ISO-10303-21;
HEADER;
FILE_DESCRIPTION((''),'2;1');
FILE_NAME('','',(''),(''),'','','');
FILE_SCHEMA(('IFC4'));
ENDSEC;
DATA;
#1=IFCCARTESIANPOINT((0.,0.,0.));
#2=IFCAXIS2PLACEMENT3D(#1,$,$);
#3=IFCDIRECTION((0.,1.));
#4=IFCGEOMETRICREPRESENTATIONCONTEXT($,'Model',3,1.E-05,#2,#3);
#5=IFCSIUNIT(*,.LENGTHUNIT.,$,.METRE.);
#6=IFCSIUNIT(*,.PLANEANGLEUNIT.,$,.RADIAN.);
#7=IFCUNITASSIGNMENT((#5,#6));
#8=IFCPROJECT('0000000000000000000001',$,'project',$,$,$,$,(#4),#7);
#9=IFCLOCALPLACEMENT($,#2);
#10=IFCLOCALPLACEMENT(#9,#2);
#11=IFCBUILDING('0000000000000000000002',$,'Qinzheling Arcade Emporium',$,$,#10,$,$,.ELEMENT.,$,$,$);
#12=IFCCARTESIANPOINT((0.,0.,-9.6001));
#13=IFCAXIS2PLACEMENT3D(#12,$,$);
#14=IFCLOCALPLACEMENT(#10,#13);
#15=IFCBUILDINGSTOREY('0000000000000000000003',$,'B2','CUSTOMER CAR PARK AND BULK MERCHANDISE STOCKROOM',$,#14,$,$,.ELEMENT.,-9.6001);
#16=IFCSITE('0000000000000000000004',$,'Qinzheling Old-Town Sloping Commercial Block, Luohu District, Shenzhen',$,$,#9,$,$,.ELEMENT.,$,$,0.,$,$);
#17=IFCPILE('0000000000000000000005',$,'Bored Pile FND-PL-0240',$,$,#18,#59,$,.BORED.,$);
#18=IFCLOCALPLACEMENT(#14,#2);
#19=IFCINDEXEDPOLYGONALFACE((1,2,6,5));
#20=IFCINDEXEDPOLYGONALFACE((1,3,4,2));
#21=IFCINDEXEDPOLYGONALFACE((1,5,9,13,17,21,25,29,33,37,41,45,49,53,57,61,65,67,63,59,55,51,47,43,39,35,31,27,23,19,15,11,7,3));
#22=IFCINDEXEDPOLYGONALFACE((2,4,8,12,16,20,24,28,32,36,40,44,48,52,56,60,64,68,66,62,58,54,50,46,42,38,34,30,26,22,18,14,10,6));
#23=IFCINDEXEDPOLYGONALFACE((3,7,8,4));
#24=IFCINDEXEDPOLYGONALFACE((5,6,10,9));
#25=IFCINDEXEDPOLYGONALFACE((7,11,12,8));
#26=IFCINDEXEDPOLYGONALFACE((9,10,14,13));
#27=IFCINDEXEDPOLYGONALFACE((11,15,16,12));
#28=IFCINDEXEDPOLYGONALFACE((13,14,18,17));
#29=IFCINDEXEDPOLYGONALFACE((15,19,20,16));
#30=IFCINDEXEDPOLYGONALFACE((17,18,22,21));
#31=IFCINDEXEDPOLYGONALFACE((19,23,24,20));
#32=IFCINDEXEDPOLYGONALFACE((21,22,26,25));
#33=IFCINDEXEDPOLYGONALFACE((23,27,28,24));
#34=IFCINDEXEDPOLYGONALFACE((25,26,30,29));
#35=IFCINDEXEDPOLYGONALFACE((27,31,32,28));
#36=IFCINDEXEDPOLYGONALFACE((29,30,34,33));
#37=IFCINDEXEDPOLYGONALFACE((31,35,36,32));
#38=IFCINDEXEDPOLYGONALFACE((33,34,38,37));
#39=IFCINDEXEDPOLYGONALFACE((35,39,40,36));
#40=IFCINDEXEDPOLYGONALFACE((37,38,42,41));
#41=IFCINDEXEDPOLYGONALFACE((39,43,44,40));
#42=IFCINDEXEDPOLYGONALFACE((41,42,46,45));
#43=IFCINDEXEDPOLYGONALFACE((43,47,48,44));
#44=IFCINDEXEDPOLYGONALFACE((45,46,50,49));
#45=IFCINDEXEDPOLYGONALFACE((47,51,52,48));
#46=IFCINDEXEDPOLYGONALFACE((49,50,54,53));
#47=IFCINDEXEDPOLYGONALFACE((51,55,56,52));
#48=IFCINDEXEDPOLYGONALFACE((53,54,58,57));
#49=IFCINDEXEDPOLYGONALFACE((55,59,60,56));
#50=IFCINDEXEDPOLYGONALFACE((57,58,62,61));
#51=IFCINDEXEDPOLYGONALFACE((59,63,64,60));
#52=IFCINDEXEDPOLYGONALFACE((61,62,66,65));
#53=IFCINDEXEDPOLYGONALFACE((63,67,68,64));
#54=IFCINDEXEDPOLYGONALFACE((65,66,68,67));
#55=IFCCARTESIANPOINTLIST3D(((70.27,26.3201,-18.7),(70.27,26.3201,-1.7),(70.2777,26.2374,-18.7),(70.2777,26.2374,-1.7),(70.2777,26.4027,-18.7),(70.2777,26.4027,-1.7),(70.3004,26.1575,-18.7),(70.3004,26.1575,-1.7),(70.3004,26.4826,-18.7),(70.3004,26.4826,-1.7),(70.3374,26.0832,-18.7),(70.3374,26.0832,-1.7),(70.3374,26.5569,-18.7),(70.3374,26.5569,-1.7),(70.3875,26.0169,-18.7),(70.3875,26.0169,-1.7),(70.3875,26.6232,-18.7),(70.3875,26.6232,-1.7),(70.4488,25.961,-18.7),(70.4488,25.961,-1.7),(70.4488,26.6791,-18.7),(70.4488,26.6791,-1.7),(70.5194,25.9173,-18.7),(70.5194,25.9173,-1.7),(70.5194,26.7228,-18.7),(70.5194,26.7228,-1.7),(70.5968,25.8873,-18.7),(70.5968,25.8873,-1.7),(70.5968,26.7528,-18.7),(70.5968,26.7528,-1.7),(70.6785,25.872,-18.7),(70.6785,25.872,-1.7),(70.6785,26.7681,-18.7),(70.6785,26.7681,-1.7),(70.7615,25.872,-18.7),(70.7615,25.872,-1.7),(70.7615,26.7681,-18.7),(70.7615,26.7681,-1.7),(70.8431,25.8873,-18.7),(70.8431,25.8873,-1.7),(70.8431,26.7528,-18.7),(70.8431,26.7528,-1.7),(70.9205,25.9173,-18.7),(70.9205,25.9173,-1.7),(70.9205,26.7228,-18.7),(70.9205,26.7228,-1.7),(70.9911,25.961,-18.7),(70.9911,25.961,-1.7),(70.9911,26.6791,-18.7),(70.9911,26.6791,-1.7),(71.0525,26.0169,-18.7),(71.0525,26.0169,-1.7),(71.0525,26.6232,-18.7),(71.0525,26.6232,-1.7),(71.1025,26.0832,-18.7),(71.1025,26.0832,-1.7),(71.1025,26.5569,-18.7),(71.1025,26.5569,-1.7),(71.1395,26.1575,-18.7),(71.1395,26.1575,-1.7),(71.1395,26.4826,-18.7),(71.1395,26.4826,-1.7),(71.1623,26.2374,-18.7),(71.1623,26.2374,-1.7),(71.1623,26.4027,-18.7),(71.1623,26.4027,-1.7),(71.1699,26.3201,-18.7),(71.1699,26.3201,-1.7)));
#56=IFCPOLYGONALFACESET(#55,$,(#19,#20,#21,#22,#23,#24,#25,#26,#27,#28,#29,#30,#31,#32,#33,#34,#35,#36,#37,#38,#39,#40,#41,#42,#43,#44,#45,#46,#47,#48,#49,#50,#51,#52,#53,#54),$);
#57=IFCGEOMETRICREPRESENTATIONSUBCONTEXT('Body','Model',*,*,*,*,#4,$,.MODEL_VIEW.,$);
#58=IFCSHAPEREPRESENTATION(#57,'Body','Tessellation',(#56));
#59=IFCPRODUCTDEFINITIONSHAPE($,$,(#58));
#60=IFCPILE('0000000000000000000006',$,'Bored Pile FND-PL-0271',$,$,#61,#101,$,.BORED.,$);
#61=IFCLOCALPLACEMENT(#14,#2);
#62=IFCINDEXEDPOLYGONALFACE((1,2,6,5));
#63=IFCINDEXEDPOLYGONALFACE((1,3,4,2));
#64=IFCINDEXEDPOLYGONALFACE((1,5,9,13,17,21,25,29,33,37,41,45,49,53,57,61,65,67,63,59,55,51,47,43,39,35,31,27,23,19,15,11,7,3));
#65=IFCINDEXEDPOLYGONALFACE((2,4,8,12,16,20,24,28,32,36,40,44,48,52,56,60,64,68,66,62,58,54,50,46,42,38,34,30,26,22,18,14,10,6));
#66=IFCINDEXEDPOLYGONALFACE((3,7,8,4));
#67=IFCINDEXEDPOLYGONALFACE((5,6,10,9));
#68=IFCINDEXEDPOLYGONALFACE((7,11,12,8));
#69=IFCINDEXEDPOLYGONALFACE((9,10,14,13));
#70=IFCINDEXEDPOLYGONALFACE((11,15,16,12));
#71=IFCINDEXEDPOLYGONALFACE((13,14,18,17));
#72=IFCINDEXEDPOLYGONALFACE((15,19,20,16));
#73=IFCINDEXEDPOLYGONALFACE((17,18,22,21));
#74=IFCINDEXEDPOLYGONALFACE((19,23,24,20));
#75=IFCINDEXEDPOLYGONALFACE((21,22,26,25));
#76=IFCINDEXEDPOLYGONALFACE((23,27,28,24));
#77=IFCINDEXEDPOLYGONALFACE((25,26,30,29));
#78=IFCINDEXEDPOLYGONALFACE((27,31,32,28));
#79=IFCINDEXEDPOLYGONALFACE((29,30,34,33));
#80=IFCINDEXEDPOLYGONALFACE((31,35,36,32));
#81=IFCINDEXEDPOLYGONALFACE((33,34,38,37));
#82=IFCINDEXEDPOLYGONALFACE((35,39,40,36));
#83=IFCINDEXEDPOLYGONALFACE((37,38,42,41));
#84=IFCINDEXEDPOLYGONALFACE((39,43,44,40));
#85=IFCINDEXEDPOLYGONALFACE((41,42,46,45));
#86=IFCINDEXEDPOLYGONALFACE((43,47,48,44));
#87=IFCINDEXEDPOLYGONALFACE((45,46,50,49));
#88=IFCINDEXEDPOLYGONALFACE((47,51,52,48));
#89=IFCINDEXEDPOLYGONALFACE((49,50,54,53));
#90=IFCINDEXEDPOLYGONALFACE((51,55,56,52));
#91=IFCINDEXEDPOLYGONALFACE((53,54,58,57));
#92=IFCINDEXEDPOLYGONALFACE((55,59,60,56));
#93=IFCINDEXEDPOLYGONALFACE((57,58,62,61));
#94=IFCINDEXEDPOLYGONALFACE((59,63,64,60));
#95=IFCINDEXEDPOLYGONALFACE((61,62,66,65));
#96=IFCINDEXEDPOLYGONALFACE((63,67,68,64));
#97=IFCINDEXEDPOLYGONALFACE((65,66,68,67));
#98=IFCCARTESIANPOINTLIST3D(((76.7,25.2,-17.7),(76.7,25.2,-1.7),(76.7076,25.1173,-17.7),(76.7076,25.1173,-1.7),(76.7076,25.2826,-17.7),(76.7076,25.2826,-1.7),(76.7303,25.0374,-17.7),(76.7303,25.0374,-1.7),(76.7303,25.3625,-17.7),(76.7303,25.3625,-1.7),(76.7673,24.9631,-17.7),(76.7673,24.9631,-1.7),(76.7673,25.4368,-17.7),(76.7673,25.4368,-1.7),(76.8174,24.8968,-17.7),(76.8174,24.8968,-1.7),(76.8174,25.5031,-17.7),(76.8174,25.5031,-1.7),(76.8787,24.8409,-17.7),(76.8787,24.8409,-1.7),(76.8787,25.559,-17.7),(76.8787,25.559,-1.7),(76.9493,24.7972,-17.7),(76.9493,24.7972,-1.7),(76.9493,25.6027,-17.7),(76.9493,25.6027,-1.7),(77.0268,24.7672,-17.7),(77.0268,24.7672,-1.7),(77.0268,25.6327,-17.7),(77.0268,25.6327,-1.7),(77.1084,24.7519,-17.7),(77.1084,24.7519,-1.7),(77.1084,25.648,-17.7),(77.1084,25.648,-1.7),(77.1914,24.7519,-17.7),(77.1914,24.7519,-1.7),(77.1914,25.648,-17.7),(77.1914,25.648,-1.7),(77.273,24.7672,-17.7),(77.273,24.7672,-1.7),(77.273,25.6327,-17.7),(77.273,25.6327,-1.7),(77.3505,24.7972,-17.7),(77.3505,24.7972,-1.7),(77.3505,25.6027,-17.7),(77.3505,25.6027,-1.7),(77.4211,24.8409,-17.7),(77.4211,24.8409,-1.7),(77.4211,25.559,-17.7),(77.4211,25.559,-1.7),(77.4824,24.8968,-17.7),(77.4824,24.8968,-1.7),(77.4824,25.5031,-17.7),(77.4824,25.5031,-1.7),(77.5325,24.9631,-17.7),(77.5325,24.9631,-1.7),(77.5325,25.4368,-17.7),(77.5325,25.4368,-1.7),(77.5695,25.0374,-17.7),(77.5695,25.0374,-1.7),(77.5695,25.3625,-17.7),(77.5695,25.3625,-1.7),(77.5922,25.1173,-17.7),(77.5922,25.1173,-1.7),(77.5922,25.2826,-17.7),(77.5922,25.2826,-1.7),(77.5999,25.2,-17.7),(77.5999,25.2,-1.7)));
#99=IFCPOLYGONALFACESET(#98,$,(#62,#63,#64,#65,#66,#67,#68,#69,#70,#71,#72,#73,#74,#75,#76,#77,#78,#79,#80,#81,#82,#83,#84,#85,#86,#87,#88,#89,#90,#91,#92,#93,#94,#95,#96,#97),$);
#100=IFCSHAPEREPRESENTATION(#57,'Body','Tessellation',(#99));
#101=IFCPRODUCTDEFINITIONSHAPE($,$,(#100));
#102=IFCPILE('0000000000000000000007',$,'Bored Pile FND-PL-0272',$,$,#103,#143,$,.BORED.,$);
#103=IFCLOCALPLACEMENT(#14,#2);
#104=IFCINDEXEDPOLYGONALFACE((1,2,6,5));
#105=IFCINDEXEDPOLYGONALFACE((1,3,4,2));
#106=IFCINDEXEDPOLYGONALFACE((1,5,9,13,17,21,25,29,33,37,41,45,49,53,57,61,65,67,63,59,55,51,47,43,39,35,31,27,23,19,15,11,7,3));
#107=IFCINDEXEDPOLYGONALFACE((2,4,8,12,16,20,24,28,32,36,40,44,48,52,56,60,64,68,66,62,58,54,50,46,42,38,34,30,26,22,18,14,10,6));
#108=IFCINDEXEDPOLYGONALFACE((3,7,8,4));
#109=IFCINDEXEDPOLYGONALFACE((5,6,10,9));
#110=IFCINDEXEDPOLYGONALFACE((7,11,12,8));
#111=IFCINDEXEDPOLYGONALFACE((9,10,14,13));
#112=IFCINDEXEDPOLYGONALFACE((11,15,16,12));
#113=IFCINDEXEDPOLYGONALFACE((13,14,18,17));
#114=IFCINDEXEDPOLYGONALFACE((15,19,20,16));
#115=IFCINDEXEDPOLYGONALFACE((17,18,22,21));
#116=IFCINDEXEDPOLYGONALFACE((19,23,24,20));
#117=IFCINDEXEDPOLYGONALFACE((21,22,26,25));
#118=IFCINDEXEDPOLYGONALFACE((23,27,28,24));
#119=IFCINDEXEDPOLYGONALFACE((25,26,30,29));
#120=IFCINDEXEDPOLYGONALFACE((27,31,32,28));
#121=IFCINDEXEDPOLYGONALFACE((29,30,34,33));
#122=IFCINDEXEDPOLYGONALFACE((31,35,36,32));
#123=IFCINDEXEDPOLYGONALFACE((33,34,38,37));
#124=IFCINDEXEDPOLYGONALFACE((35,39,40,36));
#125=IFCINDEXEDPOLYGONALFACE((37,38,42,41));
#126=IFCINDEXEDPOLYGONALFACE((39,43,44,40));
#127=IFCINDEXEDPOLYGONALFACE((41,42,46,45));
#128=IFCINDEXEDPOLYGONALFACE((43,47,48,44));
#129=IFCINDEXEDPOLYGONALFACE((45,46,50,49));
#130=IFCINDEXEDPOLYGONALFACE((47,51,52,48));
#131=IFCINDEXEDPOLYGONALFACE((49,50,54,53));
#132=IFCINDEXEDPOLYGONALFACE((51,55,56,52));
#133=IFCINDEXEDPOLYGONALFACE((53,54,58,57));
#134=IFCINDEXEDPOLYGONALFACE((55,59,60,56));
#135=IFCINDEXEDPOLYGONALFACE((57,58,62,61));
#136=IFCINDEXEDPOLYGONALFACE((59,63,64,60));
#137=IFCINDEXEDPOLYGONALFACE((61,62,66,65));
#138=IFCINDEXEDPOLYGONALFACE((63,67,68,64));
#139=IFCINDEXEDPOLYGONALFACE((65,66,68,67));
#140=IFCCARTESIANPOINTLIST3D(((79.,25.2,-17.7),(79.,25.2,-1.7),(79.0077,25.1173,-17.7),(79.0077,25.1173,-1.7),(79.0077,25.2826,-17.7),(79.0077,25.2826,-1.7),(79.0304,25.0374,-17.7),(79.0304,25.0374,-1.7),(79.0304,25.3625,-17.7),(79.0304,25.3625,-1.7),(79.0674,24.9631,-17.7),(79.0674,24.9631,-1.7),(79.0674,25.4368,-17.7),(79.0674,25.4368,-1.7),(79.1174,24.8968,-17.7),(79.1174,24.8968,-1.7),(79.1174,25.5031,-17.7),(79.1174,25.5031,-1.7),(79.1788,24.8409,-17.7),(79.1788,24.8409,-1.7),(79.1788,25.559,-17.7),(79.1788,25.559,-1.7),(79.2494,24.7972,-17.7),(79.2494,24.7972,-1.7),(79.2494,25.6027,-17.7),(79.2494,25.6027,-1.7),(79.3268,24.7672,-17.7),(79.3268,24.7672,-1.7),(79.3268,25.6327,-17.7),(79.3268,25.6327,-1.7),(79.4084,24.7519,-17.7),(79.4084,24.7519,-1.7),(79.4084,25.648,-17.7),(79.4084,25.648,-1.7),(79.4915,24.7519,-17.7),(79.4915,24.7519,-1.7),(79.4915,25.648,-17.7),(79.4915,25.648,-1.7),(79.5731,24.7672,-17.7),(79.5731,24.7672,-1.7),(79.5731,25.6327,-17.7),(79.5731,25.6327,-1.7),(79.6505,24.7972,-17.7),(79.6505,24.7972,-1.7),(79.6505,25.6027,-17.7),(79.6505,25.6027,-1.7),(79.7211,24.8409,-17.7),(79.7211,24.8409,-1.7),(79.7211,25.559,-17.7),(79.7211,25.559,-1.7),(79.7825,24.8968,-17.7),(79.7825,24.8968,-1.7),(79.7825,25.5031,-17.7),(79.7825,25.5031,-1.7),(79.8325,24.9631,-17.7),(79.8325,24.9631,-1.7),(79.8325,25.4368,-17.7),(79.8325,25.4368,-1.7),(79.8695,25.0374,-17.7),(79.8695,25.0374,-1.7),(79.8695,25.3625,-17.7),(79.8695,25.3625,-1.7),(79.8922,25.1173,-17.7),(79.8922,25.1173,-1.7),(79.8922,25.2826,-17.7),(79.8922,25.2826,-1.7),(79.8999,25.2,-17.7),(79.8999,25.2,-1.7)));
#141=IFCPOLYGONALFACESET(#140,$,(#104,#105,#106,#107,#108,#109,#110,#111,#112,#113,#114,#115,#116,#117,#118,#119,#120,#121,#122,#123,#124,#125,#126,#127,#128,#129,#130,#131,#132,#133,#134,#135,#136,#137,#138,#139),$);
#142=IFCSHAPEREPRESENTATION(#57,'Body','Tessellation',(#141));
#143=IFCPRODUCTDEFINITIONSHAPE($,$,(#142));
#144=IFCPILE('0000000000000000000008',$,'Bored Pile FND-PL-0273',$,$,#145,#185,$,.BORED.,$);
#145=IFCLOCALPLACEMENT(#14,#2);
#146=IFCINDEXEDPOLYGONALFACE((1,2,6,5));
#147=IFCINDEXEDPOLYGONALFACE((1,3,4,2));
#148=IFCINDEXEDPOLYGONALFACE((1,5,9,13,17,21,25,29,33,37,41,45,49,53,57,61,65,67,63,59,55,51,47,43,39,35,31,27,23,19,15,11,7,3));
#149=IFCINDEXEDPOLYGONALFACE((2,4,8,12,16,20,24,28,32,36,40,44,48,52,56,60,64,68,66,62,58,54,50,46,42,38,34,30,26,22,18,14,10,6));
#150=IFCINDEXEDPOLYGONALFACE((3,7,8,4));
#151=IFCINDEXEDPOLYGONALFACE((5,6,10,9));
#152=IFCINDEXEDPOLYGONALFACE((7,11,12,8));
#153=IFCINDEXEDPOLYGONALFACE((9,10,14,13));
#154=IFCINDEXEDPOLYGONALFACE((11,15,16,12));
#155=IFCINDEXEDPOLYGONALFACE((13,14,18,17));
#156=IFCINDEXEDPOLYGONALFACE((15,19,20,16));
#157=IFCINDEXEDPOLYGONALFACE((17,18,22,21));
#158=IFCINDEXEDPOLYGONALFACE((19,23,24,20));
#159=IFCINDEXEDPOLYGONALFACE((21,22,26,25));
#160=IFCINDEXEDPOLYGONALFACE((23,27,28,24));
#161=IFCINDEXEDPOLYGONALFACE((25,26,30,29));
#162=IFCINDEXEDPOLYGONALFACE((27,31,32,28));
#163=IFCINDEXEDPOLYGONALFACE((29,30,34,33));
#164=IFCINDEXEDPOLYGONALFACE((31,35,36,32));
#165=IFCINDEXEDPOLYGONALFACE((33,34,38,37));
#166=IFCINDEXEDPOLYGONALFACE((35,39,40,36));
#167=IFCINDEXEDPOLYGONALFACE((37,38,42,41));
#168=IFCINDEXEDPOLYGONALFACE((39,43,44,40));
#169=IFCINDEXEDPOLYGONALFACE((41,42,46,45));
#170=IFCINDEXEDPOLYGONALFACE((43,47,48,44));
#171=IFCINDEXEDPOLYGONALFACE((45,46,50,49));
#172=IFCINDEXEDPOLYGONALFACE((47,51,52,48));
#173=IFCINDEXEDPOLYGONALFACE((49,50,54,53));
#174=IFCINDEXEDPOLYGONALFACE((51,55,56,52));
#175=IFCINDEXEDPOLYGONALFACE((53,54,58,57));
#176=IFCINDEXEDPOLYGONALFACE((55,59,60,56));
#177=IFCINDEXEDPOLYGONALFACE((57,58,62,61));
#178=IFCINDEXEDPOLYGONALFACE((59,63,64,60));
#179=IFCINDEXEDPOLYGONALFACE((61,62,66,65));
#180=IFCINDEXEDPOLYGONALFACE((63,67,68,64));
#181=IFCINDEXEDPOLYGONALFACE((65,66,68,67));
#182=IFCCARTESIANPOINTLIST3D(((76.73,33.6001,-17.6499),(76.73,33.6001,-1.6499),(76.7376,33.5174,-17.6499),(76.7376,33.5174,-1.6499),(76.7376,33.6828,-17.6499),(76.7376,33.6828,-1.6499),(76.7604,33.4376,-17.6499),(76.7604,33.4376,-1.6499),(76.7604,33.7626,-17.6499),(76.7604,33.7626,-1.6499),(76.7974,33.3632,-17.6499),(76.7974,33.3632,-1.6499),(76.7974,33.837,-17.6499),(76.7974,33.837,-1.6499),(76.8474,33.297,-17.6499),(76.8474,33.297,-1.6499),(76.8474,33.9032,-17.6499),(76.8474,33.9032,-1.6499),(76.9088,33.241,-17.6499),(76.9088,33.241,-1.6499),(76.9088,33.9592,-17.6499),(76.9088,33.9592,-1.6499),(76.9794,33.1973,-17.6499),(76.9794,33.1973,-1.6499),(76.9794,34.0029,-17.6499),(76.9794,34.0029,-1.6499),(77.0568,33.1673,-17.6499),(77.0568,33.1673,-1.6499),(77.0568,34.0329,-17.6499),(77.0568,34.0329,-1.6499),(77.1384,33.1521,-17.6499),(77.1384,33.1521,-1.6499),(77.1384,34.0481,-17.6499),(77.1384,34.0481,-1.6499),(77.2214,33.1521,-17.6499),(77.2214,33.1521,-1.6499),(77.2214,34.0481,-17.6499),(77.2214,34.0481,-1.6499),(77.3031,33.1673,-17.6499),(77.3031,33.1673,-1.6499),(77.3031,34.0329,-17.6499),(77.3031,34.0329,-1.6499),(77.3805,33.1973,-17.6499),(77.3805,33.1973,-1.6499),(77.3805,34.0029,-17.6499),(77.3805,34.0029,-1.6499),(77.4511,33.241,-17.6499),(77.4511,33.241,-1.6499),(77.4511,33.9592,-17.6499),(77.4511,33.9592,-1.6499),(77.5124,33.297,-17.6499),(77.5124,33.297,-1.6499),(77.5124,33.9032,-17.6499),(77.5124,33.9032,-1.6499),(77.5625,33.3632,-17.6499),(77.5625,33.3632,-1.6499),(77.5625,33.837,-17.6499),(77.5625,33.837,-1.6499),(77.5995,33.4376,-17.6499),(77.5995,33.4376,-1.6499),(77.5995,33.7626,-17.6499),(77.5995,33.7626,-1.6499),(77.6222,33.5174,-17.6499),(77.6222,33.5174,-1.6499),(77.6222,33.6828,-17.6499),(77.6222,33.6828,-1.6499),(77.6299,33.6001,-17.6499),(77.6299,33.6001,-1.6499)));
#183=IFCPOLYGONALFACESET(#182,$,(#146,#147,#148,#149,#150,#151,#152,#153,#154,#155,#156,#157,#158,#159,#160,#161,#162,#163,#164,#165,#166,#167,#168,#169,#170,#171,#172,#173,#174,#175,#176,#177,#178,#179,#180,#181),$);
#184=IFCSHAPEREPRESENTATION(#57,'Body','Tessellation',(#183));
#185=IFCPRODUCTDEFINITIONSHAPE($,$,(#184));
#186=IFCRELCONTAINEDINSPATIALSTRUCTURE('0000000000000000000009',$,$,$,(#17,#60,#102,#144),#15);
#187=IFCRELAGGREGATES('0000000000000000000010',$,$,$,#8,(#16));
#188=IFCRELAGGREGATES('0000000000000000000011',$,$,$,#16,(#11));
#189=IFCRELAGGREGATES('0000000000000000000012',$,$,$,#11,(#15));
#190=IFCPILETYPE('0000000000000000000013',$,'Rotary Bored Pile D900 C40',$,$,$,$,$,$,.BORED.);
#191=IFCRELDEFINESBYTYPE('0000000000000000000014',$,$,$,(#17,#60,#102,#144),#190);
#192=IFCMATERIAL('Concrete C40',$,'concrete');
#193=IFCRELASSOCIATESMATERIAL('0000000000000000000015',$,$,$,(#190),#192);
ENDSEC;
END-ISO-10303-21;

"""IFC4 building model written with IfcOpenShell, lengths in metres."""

from ifc_helpers import new_model, si_unit, direction, frame, origin, origin_2d, place, context, subcontext, project, spatial, circle, extrude, material, material_profile, profile_set, type_object, element, save


model = new_model("IFC4")

# Units and contexts
model_context = context("Model", 3, precision=1e-05, world=origin(), true_north=direction((0.0, 1.0)))
body_context = subcontext(model_context, "Body", "Model", "MODEL_VIEW")
ifc_project = project(units=[si_unit("LENGTHUNIT", "METRE"), si_unit("PLANEANGLEUNIT", "RADIAN")], contexts=[model_context])

# Site, building, storey
site_placement = place(None, origin())
site = spatial("IfcSite", under=ifc_project, at=site_placement, Name="Qinzheling Old-Town Sloping Commercial Block, Luohu District, Shenzhen", CompositionType="ELEMENT", RefElevation=0.0)
building_placement = place(site_placement, origin())
building = spatial("IfcBuilding", under=site, at=building_placement, Name="Qinzheling Arcade Emporium", CompositionType="ELEMENT")
storey_placement = place(building_placement, frame((0.0, 0.0, -9.6001)))
storey = spatial("IfcBuildingStorey", under=building, at=storey_placement, Name="B2", Description="CUSTOMER CAR PARK AND BULK MERCHANDISE STOCKROOM", CompositionType="ELEMENT", Elevation=-9.6001)

# Shared definitions
ifc_material_1 = material(Name="Concrete C40", Category="concrete")

# Piles
ifc_material_profile_1 = material_profile(ifc_material_1, circle(Radius=0.45, at=origin_2d()), Name="BORED D900", Category="concrete")
ifc_profile_set_1 = profile_set([ifc_material_profile_1], Name="Concrete C40")
pile_type_1 = type_object("IfcPileType", Name="Rotary Bored Pile D900 C40", PredefinedType="BORED", material=ifc_profile_set_1)
for number, where, z_axis, x_axis, name in (
    (1, (70.72, 26.3201, -1.7), (0.0, 0.0, -1.0), (1.0, 0.0, 0.0), "Bored Pile FND-PL-0240"),
):
    element("IfcPile", number, at=place(storey_placement, frame(where, z_axis=z_axis, x_axis=x_axis)), inside=storey, type_object=pile_type_1, Name=name, PredefinedType="BORED", context=body_context, shape_type="SweptSolid", body=[
        extrude(circle(Radius=0.45, at=origin_2d()), origin(), (0.0, 0.0, 1.0), 17.0),
    ])
for number, where, z_axis, x_axis, name in (
    (2, (77.1499, 25.2, -1.7), (0.0, 0.0, -1.0), (1.0, 0.0, 0.0), "Bored Pile FND-PL-0271"),
    (3, (79.45, 25.2, -1.7), (0.0, 0.0, -1.0), (1.0, 0.0, 0.0), "Bored Pile FND-PL-0272"),
    (4, (77.1799, 33.6001, -1.6499), (0.0, 0.0, -1.0), (1.0, 0.0, 0.0), "Bored Pile FND-PL-0273"),
):
    element("IfcPile", number, at=place(storey_placement, frame(where, z_axis=z_axis, x_axis=x_axis)), inside=storey, type_object=pile_type_1, Name=name, PredefinedType="BORED", context=body_context, shape_type="SweptSolid", body=[
        extrude(circle(Radius=0.45, at=origin_2d()), origin(), (0.0, 0.0, 1.0), 16.0),
    ])

save(model, "model.ifc")
